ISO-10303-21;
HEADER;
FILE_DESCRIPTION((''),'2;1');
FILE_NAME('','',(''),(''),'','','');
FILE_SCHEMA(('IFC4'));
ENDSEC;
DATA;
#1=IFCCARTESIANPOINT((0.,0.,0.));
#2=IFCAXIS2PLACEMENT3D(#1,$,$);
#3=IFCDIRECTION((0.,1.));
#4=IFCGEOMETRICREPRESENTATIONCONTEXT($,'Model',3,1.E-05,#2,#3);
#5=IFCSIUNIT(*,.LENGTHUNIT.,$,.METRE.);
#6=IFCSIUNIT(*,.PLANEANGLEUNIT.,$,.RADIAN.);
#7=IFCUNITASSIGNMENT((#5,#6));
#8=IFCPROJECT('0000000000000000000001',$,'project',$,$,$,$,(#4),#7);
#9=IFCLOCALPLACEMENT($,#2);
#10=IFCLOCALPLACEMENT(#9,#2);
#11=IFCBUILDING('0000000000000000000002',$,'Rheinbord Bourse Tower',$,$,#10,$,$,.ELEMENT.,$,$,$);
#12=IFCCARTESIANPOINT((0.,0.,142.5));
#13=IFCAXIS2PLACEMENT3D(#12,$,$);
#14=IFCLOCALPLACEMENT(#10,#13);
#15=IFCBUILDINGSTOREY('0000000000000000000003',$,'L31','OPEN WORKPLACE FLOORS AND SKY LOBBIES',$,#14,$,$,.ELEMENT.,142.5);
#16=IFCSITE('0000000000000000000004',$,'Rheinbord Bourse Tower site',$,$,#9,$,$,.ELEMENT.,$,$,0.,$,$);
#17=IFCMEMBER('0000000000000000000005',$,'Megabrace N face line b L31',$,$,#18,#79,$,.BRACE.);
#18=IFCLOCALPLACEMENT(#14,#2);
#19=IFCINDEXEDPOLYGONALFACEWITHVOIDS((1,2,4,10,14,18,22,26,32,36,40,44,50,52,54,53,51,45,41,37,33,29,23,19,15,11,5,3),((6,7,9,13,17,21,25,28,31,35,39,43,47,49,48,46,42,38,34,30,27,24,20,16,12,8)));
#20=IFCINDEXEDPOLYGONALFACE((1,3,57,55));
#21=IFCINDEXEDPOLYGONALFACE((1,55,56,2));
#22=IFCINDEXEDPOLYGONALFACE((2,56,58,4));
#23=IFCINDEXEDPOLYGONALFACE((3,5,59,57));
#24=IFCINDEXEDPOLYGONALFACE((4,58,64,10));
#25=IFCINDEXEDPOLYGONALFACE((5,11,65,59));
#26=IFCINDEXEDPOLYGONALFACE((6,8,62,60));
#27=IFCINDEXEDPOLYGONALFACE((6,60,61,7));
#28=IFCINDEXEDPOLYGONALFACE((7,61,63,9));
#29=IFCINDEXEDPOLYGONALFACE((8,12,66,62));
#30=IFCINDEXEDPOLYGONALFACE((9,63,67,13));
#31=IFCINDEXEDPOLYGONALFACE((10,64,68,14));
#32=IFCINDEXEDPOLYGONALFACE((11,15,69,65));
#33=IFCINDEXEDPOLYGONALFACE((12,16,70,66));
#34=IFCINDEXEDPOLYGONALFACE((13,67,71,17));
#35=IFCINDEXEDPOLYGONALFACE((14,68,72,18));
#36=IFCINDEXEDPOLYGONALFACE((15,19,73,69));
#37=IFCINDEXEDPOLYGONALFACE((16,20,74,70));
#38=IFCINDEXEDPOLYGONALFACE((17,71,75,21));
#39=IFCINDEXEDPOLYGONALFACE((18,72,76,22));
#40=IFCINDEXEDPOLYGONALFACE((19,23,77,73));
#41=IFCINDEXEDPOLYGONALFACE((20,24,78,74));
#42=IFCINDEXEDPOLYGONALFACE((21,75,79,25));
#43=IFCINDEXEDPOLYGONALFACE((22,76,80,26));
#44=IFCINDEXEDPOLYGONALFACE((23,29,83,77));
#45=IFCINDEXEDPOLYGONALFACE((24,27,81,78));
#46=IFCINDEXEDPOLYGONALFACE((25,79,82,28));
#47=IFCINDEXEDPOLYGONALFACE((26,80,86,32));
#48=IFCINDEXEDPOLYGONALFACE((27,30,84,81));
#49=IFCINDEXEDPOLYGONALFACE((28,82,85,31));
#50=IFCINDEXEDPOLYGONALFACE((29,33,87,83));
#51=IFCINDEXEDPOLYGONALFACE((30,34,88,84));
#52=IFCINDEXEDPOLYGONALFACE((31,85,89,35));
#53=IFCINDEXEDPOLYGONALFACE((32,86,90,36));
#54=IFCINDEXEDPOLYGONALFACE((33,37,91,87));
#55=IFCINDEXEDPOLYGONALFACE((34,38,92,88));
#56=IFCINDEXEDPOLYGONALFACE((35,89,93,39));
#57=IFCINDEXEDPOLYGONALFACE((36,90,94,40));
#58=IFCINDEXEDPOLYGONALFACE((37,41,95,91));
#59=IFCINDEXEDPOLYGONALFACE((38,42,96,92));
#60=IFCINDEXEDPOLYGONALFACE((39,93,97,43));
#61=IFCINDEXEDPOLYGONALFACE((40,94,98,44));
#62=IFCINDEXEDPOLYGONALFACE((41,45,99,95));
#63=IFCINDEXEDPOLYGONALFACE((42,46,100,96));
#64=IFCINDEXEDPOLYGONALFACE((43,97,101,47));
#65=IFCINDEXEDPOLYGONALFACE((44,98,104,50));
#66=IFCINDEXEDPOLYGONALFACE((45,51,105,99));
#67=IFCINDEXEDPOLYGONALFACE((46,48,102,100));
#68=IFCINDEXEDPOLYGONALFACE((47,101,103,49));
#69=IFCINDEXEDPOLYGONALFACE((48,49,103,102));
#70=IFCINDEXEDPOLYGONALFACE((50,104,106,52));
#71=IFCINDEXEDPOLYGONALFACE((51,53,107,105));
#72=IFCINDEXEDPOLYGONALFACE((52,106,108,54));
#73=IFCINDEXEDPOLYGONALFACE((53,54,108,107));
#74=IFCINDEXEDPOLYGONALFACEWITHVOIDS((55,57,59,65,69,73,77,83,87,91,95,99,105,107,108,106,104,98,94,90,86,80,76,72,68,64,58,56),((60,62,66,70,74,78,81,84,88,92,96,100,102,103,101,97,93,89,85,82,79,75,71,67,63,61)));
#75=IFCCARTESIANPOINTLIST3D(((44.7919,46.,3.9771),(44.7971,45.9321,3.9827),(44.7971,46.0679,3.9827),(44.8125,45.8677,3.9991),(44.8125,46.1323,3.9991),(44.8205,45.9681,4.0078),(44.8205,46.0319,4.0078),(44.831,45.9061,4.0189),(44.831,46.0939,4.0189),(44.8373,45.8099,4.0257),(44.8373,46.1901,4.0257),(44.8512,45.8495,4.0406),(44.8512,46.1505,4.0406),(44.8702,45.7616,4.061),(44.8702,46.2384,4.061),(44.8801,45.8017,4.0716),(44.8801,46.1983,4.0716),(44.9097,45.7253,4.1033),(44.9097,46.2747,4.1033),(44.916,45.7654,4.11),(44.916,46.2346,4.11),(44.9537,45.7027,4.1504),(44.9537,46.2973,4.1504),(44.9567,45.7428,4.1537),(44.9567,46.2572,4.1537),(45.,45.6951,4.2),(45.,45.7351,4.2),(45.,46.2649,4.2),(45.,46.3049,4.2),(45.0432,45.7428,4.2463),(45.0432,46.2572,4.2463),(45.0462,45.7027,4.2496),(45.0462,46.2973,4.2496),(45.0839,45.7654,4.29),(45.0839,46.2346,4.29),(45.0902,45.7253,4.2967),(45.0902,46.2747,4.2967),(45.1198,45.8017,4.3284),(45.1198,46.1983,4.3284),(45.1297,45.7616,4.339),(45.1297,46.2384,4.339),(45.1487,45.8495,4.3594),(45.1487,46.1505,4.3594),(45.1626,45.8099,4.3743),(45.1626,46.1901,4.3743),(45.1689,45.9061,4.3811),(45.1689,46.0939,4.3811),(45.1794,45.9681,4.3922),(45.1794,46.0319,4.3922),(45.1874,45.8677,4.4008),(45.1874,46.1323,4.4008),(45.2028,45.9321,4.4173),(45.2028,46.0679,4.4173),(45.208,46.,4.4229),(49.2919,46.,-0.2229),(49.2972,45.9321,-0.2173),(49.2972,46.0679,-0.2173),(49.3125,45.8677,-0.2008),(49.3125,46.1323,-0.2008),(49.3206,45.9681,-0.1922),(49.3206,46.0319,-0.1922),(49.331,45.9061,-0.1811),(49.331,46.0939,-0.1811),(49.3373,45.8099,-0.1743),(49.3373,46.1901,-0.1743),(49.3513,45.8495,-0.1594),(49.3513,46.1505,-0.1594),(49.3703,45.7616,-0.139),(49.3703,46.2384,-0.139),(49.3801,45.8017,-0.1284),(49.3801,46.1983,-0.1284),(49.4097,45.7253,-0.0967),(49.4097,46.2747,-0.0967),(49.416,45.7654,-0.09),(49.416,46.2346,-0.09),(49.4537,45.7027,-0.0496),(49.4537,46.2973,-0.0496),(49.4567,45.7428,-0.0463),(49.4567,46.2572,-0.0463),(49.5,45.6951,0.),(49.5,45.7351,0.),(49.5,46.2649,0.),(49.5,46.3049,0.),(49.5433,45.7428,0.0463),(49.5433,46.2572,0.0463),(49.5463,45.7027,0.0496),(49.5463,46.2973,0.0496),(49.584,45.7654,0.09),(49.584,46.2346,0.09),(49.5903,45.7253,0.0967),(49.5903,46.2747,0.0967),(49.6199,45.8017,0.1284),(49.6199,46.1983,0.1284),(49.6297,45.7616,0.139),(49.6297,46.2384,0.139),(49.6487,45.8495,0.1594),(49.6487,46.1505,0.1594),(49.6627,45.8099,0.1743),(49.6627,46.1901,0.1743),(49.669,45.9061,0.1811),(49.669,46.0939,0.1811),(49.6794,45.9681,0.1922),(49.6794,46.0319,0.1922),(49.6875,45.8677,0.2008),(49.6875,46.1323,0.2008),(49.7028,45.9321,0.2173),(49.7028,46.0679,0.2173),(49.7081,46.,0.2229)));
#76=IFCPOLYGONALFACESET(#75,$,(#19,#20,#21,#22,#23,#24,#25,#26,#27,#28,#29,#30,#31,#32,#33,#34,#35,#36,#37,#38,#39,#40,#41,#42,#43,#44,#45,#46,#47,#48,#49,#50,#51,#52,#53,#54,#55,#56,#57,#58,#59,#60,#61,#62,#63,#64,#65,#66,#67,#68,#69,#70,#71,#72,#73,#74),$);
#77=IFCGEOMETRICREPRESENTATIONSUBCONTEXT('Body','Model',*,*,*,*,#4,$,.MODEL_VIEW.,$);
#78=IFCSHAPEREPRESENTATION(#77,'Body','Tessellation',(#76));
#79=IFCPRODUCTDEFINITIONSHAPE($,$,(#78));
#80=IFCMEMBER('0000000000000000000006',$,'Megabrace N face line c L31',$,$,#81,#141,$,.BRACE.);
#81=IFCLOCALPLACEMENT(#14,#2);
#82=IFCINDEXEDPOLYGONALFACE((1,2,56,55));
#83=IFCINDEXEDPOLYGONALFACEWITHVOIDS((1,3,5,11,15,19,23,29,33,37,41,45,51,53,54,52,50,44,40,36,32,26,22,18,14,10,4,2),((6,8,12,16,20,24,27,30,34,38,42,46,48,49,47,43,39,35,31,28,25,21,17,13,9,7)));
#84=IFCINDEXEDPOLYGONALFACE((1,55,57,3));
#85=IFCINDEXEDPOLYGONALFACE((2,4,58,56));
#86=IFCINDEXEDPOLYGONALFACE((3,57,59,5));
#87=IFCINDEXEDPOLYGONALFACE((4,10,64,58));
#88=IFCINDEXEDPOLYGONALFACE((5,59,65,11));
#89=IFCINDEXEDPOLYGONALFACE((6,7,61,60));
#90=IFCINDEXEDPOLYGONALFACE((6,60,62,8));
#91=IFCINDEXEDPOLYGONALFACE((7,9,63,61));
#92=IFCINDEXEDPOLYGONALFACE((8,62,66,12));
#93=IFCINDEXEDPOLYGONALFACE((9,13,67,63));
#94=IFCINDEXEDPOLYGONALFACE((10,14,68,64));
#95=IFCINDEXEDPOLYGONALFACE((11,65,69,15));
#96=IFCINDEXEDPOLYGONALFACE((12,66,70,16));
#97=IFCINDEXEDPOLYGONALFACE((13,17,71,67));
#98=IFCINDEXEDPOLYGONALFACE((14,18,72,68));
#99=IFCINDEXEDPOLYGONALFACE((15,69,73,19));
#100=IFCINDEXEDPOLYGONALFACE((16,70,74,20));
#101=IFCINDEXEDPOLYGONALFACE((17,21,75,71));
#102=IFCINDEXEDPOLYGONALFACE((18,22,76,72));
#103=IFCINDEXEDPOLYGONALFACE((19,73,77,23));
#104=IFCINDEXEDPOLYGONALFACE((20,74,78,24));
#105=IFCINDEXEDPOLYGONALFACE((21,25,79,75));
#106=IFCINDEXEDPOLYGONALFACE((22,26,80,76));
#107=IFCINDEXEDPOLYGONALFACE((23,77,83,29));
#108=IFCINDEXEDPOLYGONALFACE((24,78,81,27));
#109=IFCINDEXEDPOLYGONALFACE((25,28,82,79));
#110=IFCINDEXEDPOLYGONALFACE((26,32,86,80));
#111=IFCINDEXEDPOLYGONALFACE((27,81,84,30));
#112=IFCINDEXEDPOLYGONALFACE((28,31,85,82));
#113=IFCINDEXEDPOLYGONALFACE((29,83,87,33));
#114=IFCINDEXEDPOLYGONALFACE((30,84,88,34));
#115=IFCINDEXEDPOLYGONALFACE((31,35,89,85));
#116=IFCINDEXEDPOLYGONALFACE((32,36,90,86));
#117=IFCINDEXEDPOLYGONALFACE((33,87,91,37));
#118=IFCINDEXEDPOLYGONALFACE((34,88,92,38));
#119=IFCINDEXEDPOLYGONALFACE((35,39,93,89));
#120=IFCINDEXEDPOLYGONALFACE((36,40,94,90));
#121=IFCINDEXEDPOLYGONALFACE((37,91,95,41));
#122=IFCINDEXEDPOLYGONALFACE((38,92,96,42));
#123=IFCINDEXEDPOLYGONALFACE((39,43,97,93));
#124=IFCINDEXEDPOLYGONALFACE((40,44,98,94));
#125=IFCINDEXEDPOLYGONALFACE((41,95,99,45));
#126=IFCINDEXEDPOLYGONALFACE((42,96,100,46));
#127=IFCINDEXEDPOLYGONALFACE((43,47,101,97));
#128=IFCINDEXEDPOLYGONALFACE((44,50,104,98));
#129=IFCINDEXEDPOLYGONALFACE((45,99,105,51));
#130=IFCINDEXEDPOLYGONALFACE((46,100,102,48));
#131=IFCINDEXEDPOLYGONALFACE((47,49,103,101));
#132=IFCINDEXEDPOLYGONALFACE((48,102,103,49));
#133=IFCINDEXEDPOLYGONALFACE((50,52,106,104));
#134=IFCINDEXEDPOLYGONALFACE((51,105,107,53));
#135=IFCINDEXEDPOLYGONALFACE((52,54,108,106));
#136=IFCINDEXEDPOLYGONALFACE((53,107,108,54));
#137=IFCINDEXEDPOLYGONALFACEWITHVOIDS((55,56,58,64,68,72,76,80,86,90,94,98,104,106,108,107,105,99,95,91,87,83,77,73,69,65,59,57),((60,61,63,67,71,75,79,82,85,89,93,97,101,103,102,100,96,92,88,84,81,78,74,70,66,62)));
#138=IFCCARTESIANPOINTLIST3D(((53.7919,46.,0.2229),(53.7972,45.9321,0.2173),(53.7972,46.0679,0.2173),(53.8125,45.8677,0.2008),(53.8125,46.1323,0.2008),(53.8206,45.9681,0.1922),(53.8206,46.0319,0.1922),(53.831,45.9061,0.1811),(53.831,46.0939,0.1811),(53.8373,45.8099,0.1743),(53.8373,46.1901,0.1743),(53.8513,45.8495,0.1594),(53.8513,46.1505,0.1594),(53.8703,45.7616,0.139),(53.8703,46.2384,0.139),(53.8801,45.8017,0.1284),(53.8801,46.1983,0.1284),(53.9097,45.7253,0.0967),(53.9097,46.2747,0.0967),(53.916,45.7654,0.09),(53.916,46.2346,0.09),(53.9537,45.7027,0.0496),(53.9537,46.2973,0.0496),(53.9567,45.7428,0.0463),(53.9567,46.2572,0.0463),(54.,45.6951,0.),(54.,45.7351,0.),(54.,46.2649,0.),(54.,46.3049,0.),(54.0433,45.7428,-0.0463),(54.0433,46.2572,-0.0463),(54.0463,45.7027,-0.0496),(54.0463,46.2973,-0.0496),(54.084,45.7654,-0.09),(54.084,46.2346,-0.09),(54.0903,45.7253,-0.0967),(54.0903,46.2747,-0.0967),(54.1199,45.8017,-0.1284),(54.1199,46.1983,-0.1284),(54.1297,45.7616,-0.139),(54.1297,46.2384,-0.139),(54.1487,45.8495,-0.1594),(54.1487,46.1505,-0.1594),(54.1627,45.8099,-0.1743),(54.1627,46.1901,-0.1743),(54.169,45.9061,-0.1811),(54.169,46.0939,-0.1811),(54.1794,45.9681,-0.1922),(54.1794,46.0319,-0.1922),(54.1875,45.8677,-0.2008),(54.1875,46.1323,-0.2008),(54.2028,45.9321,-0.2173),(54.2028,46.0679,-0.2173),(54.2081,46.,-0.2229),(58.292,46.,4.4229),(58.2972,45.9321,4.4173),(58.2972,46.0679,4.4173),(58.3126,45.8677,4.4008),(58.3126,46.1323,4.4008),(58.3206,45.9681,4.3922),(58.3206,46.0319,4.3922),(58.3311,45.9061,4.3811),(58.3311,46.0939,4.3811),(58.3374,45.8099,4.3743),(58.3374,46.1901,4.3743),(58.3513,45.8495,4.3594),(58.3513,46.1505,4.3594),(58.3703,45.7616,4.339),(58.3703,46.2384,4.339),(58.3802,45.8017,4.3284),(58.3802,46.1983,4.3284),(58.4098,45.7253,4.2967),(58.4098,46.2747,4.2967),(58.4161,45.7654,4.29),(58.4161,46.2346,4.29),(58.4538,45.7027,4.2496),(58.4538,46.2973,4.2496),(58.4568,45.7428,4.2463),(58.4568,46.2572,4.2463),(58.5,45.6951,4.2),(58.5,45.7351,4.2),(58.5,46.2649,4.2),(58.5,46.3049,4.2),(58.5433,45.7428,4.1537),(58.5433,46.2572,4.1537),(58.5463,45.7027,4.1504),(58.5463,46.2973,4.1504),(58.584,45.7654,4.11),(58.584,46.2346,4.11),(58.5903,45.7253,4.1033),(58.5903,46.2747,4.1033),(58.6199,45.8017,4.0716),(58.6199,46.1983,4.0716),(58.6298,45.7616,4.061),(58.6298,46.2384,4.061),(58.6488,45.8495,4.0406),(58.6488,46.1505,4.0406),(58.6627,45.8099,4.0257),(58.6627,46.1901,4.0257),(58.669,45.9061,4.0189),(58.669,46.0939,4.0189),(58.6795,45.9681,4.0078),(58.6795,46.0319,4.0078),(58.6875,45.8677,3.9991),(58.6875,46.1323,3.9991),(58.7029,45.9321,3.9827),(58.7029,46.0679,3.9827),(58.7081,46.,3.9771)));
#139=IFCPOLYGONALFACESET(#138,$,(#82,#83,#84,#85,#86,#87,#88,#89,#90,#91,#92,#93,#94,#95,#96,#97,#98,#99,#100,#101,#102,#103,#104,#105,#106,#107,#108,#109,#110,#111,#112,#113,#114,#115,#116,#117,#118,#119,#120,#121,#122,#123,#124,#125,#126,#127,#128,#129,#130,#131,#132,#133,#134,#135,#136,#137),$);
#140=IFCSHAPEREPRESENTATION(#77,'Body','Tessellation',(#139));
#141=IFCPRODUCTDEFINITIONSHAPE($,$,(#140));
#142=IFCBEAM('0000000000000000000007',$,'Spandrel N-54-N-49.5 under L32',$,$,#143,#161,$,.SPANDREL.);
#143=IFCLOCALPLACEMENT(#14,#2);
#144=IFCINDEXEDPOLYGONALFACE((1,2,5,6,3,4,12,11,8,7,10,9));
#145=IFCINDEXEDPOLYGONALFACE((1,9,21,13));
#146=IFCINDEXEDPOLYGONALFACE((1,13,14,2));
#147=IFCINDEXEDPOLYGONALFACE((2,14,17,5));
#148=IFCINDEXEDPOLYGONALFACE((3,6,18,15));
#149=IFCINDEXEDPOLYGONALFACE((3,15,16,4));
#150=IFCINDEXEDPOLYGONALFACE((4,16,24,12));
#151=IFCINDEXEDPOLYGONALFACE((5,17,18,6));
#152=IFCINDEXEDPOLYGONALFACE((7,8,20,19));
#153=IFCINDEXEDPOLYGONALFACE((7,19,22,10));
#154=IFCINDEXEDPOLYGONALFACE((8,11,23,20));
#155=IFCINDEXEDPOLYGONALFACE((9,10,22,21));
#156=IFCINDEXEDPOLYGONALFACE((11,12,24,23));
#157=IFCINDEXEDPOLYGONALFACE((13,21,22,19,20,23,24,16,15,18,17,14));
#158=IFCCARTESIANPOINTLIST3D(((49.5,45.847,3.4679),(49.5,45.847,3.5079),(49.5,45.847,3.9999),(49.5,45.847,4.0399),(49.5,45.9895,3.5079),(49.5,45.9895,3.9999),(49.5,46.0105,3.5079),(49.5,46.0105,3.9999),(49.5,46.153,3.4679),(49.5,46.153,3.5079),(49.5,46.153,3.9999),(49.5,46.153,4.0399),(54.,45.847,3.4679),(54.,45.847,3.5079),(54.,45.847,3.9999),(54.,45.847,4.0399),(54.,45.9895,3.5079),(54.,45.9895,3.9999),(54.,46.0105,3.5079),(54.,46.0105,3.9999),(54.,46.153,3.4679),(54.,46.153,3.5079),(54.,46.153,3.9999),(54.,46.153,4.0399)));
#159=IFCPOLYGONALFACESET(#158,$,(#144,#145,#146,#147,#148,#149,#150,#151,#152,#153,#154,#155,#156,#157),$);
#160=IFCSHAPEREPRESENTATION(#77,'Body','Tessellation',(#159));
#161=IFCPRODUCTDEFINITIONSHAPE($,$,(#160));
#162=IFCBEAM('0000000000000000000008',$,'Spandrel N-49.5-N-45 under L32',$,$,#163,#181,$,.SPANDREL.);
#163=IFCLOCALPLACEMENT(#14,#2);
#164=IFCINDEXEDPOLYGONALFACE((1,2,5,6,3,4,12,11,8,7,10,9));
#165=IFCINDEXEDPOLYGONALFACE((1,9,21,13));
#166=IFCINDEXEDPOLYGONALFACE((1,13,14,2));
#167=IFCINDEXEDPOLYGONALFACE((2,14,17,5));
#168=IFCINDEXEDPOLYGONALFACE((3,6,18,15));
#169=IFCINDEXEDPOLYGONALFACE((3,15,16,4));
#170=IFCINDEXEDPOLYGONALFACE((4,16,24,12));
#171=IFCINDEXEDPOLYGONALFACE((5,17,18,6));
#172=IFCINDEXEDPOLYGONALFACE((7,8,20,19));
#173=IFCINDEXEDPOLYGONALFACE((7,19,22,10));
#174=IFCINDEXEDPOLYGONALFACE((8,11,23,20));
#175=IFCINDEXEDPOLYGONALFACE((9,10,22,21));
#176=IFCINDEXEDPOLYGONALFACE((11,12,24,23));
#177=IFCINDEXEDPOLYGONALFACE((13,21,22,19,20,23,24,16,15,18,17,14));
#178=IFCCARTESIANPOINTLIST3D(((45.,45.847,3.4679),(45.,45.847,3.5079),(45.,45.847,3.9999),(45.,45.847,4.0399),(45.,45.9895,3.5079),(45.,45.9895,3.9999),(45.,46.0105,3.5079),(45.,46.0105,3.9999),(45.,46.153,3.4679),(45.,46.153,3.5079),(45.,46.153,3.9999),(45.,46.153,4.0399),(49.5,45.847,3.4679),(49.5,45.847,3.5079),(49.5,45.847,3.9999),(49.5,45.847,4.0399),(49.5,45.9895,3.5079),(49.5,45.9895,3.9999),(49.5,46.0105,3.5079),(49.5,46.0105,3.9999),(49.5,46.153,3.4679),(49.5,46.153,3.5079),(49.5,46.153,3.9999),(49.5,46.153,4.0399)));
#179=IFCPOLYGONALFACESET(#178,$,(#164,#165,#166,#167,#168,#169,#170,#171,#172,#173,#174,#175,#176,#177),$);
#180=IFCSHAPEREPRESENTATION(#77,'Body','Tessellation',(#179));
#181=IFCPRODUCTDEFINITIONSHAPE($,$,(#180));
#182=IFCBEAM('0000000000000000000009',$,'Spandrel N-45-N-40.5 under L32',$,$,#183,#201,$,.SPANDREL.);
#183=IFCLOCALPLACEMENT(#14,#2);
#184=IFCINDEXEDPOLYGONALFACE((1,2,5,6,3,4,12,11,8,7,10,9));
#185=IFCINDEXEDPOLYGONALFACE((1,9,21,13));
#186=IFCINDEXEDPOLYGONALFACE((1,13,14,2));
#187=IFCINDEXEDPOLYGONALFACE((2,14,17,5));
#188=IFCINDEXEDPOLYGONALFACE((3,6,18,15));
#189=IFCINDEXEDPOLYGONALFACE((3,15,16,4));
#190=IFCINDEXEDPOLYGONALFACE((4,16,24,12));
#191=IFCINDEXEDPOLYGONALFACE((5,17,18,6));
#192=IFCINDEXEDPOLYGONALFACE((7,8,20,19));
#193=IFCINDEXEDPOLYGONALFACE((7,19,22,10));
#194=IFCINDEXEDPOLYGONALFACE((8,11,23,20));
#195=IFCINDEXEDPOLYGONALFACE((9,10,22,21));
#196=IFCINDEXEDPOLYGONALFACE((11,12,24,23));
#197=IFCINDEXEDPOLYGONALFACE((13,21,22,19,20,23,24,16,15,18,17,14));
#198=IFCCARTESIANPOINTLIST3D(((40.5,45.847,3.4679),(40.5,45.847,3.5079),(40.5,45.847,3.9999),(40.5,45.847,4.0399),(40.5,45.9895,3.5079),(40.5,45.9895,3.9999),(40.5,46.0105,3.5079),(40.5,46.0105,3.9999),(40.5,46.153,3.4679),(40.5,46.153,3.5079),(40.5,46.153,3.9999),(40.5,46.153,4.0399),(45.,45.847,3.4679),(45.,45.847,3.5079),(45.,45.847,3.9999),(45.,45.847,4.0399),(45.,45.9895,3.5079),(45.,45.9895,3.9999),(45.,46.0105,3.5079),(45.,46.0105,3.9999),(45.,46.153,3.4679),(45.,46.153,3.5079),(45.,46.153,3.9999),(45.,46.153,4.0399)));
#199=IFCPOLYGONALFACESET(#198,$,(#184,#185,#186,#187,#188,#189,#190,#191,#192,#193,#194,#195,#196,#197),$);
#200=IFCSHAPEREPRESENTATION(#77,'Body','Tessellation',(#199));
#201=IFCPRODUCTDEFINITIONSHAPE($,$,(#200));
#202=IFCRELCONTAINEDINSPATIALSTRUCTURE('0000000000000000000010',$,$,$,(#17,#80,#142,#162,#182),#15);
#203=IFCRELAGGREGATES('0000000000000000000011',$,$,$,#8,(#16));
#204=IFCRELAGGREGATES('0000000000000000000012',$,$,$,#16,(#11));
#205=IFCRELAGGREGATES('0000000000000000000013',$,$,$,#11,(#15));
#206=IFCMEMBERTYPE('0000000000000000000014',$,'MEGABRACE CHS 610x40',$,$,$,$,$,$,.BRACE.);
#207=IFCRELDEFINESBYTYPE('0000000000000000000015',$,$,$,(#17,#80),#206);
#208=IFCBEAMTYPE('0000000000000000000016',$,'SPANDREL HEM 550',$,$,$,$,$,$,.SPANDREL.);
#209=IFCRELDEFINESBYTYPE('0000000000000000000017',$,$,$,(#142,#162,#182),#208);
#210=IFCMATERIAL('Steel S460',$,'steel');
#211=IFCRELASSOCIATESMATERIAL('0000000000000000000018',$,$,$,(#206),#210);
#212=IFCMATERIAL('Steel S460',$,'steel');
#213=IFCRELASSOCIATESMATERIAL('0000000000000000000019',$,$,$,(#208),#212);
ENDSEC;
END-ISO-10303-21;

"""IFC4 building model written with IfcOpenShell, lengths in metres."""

from ifc_helpers import new_model, si_unit, direction, frame, origin, origin_2d, place, context, subcontext, project, spatial, hollow_circle, i_section, extrude, material, material_profile, profile_set, type_object, element, save


model = new_model("IFC4")

# Units and contexts
model_context = context("Model", 3, precision=1e-05, world=origin(), true_north=direction((0.0, 1.0)))
body_context = subcontext(model_context, "Body", "Model", "MODEL_VIEW")
ifc_project = project(units=[si_unit("LENGTHUNIT", "METRE"), si_unit("PLANEANGLEUNIT", "RADIAN")], contexts=[model_context])

# Site, building, storey
site_placement = place(None, origin())
site = spatial("IfcSite", under=ifc_project, at=site_placement, Name="Rheinbord Bourse Tower site", CompositionType="ELEMENT", RefElevation=0.0)
building_placement = place(site_placement, origin())
building = spatial("IfcBuilding", under=site, at=building_placement, Name="Rheinbord Bourse Tower", CompositionType="ELEMENT")
storey_placement = place(building_placement, frame((0.0, 0.0, 142.5)))
storey = spatial("IfcBuildingStorey", under=building, at=storey_placement, Name="L31", Description="OPEN WORKPLACE FLOORS AND SKY LOBBIES", CompositionType="ELEMENT", Elevation=142.5)

# Members
ifc_material_1 = material(Name="Steel S460", Category="steel")
ifc_material_profile_1 = material_profile(ifc_material_1, hollow_circle(Radius=0.3049, WallThickness=0.04, at=origin_2d()), Name="CHS 610x40")
ifc_profile_set_1 = profile_set([ifc_material_profile_1], Name="Steel S460")
member_type_1 = type_object("IfcMemberType", Name="MEGABRACE CHS 610x40", PredefinedType="BRACE", material=ifc_profile_set_1)
for number, where, z_axis, x_axis, name in (
    (1, (49.5, 46.0, 0.0), (-0.731059, 0.0, 0.682314), (0.0, -1.0, 0.0), "Megabrace N face line b L31"),
    (2, (54.0, 46.0, 0.0), (0.731059, 0.0, 0.682314), (0.0, 1.0, 0.0), "Megabrace N face line c L31"),
):
    element("IfcMember", number, at=place(storey_placement, frame(where, z_axis=z_axis, x_axis=x_axis)), inside=storey, type_object=member_type_1, Name=name, PredefinedType="BRACE", context=body_context, shape_type="SweptSolid", body=[
        extrude(hollow_circle(Radius=0.3049, WallThickness=0.04, at=origin_2d()), origin(), (0.0, 0.0, 1.0), 6.1555),
    ])

# Beams
ifc_material_2 = material(Name="Steel S460", Category="steel")
ifc_material_profile_2 = material_profile(ifc_material_2, i_section(OverallWidth=0.3059, OverallDepth=0.572, WebThickness=0.021, FlangeThickness=0.04, at=origin_2d()), Name="HEM 550")
ifc_profile_set_2 = profile_set([ifc_material_profile_2], Name="Steel S460")
beam_type_1 = type_object("IfcBeamType", Name="SPANDREL HEM 550", PredefinedType="SPANDREL", material=ifc_profile_set_2)
for number, where, z_axis, x_axis, name in (
    (3, (54.0, 46.0, 3.7539), (-1.0, 0.0, 0.0), (0.0, -1.0, 0.0), "Spandrel N-54-N-49.5 under L32"),
    (4, (49.5, 46.0, 3.7539), (-1.0, 0.0, 0.0), (0.0, -1.0, 0.0), "Spandrel N-49.5-N-45 under L32"),
    (5, (45.0, 46.0, 3.7539), (-1.0, 0.0, 0.0), (0.0, -1.0, 0.0), "Spandrel N-45-N-40.5 under L32"),
):
    element("IfcBeam", number, at=place(storey_placement, frame(where, z_axis=z_axis, x_axis=x_axis)), inside=storey, type_object=beam_type_1, Name=name, PredefinedType="SPANDREL", context=body_context, shape_type="SweptSolid", body=[
        extrude(i_section(OverallWidth=0.3059, OverallDepth=0.572, WebThickness=0.021, FlangeThickness=0.04, at=origin_2d()), origin(), (0.0, 0.0, 1.0), 4.5),
    ])

save(model, "model.ifc")
